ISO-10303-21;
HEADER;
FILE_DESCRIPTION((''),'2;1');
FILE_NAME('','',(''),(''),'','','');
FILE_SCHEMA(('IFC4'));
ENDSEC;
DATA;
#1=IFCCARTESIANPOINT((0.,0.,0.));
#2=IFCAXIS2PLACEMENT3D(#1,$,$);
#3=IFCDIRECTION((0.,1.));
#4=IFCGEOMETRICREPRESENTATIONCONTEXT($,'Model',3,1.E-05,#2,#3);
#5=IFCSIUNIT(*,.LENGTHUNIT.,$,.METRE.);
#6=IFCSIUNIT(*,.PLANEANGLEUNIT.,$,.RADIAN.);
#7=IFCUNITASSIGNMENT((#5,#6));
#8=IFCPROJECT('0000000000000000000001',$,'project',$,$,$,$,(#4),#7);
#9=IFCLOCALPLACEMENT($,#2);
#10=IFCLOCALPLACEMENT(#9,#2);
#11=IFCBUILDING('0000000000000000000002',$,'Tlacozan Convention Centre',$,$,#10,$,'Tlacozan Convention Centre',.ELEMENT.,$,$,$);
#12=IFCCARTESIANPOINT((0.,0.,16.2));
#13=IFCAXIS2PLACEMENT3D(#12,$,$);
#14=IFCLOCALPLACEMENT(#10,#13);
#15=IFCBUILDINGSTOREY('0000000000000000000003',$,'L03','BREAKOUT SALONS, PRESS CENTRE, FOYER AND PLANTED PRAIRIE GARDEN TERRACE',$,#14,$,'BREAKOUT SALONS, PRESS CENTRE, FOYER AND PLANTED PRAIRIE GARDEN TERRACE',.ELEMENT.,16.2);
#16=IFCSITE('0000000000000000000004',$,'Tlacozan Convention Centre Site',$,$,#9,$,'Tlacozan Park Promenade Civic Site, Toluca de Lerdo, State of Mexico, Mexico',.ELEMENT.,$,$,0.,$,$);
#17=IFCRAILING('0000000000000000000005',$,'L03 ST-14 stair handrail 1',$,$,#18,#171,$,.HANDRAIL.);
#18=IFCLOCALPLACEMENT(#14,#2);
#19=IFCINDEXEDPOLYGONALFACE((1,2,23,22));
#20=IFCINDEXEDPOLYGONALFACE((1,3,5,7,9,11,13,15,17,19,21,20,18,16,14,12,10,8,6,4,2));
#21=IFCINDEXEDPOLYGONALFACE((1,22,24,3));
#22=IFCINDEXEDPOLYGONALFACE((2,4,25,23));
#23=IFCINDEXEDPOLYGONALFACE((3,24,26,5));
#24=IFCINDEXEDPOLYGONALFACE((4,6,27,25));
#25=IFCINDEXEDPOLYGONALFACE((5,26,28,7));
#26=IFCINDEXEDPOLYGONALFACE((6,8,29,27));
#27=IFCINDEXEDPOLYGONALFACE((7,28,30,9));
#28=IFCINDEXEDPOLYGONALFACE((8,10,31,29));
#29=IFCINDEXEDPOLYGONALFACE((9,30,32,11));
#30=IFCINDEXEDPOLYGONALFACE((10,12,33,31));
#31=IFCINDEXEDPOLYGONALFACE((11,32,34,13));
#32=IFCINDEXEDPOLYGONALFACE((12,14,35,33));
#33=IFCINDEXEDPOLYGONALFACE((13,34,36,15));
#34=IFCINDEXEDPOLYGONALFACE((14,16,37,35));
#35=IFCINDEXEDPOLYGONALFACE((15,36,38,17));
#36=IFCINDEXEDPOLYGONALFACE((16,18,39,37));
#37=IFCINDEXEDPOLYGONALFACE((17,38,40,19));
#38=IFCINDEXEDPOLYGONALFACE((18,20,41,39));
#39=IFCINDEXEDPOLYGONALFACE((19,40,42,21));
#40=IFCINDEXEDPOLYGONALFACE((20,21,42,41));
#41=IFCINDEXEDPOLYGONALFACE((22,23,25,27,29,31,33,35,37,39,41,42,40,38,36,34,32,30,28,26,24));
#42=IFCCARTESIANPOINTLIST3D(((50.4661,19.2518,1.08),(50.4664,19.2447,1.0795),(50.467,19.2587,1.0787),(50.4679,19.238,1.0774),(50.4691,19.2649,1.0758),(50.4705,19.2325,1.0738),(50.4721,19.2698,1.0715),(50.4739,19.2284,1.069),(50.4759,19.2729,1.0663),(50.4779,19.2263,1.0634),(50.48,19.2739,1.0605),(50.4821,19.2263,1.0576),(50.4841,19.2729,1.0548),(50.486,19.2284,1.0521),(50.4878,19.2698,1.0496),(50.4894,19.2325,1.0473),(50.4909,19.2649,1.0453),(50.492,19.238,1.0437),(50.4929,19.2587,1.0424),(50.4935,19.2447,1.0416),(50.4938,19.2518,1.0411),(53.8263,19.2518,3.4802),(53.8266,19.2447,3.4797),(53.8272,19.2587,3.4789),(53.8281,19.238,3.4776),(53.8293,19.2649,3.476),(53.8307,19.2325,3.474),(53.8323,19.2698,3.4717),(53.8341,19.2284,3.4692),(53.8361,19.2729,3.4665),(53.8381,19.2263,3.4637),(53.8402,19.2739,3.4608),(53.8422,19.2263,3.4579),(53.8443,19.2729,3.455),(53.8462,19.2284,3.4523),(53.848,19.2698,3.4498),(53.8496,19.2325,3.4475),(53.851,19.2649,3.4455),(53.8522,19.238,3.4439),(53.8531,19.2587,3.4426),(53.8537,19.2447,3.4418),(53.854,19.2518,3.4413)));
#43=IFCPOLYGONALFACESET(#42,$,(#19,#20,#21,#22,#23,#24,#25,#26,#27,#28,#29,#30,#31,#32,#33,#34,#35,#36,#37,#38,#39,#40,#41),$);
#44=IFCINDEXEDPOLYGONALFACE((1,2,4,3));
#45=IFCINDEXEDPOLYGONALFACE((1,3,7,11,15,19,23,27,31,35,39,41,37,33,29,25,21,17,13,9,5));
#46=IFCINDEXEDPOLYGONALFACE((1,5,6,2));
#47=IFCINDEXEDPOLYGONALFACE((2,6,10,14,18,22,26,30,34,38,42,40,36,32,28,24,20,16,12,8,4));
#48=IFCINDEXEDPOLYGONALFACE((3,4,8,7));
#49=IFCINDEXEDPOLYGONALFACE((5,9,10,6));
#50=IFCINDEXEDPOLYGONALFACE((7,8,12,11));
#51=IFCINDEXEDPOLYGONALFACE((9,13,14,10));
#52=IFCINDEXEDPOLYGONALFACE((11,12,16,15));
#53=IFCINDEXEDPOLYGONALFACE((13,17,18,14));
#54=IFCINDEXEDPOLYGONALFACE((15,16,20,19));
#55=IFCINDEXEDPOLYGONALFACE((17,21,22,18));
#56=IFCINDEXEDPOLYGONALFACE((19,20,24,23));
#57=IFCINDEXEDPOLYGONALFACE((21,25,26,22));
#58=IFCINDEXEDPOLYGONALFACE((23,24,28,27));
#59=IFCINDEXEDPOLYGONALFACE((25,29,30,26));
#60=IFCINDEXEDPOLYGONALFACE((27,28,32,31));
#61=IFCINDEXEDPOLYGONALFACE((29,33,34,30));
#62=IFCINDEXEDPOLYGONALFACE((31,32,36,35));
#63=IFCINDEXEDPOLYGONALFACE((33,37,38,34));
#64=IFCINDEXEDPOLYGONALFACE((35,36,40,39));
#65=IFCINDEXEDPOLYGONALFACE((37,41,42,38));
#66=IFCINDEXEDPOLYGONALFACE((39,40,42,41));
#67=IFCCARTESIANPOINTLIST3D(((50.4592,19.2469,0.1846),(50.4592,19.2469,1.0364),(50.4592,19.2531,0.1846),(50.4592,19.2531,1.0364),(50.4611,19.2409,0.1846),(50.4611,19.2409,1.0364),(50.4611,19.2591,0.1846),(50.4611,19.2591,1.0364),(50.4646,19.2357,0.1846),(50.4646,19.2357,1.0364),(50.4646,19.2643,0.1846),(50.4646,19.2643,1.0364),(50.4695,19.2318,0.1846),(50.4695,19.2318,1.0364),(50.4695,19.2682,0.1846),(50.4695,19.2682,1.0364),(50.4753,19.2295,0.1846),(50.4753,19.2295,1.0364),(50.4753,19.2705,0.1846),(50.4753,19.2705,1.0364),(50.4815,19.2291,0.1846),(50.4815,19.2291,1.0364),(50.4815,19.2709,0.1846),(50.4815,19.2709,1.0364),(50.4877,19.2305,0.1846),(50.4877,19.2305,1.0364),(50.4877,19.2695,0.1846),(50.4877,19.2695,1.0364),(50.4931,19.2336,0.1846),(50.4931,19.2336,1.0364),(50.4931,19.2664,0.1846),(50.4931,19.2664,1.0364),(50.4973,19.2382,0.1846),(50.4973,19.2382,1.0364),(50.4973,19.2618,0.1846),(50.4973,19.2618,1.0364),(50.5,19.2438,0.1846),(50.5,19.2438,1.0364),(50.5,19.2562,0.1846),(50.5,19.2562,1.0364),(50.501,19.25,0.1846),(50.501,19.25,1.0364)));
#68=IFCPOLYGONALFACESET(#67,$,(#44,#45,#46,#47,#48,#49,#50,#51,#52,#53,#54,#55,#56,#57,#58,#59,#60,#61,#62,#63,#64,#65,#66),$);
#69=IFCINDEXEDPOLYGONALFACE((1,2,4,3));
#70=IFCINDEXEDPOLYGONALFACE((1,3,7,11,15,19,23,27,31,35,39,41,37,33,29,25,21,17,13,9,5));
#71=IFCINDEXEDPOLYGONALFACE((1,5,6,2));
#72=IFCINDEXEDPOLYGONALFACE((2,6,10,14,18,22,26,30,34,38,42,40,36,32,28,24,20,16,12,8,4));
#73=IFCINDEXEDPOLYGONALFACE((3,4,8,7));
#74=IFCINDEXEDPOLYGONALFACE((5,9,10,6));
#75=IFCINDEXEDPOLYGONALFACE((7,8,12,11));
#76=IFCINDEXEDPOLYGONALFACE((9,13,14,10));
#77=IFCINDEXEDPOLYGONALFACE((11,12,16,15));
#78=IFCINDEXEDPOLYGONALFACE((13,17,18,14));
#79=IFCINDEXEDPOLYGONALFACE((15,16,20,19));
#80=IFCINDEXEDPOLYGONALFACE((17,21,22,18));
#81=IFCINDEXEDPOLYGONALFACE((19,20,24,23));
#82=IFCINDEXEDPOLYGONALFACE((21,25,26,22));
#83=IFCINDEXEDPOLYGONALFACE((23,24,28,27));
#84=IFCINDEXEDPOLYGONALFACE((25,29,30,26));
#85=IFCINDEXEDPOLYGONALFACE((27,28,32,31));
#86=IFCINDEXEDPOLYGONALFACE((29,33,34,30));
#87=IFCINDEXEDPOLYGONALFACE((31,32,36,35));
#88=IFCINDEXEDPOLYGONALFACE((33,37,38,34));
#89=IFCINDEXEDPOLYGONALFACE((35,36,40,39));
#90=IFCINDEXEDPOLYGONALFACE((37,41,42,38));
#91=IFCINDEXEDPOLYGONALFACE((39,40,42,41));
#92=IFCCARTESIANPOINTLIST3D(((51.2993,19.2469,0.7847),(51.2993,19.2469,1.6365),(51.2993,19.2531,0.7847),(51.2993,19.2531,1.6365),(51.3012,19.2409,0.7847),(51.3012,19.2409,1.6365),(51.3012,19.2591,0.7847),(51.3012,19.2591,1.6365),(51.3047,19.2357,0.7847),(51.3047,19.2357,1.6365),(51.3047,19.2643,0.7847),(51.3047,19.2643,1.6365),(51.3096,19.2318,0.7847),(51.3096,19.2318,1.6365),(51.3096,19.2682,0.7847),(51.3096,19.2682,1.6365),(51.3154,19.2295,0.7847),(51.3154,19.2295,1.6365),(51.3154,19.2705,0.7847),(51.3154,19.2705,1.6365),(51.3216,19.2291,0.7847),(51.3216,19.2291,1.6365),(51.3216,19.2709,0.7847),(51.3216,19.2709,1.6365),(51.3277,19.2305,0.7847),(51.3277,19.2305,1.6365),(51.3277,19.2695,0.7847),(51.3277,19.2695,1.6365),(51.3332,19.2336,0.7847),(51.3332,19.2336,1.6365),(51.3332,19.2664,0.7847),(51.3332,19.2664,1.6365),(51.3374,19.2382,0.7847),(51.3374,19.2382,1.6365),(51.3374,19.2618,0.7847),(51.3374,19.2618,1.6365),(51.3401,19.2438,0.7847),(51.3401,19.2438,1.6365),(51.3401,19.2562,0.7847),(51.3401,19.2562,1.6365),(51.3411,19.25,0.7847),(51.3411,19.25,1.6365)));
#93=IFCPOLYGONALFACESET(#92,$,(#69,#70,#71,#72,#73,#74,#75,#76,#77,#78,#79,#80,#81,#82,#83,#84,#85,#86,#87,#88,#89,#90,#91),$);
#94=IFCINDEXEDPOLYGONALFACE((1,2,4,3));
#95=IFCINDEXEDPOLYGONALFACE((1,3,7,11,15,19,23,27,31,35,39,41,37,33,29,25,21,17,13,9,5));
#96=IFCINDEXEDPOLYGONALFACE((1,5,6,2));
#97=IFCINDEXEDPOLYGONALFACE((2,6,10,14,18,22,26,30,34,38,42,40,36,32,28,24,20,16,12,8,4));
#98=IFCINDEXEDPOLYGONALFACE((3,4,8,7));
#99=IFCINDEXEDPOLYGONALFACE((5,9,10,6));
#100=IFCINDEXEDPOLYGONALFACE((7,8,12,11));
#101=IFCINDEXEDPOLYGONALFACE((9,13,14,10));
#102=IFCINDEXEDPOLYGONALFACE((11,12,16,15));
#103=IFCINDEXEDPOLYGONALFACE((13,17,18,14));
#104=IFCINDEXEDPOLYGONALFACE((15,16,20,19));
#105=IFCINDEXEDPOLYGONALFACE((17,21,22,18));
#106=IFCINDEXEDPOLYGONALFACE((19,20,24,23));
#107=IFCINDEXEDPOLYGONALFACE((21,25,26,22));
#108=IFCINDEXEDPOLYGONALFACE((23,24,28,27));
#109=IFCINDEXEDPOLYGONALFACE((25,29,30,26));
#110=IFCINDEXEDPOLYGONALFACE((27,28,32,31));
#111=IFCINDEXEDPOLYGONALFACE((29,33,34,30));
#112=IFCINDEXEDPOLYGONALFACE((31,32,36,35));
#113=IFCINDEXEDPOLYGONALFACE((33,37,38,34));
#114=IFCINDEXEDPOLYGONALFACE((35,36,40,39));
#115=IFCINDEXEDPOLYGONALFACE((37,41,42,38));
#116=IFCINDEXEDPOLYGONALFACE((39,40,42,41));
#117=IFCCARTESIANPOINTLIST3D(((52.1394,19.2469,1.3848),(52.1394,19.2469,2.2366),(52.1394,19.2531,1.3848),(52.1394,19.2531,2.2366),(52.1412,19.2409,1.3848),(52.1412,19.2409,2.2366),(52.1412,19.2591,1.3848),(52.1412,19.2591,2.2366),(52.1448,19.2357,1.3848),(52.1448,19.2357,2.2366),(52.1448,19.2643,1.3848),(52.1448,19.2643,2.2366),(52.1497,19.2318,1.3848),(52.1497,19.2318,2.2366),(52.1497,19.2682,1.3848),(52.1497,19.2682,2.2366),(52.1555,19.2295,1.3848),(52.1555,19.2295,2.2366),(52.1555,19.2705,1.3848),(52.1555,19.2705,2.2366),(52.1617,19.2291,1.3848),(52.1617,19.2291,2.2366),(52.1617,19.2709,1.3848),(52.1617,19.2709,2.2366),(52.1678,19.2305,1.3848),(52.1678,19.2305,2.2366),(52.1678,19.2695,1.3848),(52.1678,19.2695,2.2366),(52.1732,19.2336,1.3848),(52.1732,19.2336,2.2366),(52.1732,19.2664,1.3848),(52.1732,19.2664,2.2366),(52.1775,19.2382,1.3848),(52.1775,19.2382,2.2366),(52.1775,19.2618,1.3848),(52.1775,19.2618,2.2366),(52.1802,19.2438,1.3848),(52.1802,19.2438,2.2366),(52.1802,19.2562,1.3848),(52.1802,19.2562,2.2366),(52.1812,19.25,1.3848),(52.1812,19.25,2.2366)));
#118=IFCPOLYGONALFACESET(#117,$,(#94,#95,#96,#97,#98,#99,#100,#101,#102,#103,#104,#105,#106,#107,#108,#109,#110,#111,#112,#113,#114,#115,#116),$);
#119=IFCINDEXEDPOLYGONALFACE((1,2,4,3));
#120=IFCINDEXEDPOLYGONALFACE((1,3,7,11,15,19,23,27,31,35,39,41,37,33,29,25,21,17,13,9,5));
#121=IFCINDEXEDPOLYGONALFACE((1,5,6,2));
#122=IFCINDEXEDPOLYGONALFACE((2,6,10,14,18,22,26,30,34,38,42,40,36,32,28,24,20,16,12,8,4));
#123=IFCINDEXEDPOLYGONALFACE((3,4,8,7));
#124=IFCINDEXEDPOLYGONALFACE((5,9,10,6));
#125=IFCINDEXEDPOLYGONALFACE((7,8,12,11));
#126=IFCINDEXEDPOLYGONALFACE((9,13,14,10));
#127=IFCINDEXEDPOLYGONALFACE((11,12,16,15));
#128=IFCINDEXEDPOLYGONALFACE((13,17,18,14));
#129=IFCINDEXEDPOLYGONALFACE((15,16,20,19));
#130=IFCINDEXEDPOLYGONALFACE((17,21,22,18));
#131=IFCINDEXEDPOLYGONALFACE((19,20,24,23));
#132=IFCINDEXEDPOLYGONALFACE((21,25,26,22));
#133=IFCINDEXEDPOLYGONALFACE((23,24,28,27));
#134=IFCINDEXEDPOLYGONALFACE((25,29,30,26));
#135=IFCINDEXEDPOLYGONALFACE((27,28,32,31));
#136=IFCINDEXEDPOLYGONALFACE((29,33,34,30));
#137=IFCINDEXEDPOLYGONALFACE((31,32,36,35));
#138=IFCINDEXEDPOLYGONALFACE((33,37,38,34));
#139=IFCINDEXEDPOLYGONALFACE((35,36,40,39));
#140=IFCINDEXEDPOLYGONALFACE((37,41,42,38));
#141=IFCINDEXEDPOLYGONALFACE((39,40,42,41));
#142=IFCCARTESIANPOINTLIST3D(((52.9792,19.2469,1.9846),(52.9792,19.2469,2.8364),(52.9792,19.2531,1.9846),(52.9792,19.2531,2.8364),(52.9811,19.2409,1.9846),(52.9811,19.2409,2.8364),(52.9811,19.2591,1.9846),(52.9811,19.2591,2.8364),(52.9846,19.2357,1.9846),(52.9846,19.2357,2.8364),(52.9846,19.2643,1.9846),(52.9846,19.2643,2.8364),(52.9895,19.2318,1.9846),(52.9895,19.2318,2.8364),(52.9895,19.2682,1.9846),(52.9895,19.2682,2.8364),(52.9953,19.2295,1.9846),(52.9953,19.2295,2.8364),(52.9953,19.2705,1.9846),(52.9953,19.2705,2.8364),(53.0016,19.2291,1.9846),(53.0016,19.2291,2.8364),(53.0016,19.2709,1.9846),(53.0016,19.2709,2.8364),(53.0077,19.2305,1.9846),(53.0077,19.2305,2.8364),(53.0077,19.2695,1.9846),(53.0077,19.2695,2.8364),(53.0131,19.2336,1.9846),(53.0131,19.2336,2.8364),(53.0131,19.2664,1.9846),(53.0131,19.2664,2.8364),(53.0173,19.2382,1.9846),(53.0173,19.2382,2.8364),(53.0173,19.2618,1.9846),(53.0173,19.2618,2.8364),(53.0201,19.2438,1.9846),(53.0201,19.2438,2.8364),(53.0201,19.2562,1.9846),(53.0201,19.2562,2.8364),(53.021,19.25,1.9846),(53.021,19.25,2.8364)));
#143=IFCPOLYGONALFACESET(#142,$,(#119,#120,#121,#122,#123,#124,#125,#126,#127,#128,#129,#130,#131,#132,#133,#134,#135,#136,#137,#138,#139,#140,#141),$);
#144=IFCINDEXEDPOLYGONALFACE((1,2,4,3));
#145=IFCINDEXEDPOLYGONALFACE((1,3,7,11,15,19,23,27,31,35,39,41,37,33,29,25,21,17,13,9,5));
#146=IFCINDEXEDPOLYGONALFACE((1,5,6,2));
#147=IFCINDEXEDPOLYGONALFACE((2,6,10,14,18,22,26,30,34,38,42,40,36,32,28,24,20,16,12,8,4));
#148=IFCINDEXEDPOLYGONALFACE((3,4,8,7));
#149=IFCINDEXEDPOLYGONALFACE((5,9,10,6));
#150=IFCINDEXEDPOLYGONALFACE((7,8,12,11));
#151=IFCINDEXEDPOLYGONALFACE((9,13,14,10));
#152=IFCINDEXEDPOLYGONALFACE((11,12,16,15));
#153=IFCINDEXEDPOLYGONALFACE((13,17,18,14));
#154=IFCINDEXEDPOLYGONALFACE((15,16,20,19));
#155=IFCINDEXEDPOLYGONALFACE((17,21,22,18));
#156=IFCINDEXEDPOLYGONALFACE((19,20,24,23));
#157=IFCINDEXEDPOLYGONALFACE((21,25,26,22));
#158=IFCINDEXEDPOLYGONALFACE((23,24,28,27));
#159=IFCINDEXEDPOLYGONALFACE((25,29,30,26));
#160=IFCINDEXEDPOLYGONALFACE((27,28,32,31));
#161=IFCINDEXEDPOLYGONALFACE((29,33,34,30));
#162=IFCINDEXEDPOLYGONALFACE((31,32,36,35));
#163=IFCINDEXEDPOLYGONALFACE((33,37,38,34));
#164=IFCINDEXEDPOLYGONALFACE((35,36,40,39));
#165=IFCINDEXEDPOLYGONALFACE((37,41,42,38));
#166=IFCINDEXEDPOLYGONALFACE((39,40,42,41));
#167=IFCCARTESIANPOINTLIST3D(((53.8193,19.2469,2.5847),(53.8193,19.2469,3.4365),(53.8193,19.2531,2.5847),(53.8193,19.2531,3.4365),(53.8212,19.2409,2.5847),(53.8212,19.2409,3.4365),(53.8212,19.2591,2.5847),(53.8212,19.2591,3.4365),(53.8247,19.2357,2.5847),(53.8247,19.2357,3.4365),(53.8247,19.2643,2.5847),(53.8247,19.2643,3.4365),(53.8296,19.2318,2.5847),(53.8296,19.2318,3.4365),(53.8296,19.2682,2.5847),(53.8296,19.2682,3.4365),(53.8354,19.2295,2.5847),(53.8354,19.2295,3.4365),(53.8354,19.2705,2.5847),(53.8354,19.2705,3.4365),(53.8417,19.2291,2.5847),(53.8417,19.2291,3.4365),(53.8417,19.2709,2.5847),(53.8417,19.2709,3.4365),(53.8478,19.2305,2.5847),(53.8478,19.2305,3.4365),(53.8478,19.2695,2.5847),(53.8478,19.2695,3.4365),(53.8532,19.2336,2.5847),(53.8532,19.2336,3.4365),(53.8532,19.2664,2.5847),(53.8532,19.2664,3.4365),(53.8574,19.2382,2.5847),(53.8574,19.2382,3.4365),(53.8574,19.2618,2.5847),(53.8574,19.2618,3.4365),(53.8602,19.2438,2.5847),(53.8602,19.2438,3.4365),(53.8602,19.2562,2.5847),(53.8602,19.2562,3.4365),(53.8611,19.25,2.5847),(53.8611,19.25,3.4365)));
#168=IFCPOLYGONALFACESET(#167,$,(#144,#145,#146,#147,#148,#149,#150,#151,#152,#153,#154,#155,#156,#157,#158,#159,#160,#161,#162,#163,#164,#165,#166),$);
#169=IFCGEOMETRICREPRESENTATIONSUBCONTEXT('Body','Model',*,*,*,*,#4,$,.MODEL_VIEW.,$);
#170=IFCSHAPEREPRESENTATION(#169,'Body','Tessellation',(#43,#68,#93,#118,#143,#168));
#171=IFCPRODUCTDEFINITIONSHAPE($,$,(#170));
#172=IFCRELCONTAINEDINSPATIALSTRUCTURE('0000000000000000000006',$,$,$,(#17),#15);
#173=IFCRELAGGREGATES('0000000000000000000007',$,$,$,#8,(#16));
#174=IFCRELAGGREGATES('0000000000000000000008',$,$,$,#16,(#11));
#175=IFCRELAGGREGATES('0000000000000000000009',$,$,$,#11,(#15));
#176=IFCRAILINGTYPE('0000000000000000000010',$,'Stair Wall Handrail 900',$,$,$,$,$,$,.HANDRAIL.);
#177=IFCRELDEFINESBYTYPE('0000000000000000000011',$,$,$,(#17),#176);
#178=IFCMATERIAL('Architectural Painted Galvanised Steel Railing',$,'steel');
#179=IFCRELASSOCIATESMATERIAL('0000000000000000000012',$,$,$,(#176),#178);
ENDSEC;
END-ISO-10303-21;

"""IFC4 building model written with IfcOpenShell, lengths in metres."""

from ifc_helpers import new_model, si_unit, direction, frame, origin, origin_2d, place, context, subcontext, project, spatial, circle, extrude, material, type_object, element, save


model = new_model("IFC4")

# Units and contexts
model_context = context("Model", 3, precision=1e-05, world=origin(), true_north=direction((0.0, 1.0)))
body_context = subcontext(model_context, "Body", "Model", "MODEL_VIEW")
ifc_project = project(units=[si_unit("LENGTHUNIT", "METRE"), si_unit("PLANEANGLEUNIT", "RADIAN")], contexts=[model_context])

# Site, building, storey
site_placement = place(None, origin())
site = spatial("IfcSite", under=ifc_project, at=site_placement, Name="Tlacozan Convention Centre Site", LongName="Tlacozan Park Promenade Civic Site, Toluca de Lerdo, State of Mexico, Mexico", CompositionType="ELEMENT", RefElevation=0.0)
building_placement = place(site_placement, origin())
building = spatial("IfcBuilding", under=site, at=building_placement, Name="Tlacozan Convention Centre", LongName="Tlacozan Convention Centre", CompositionType="ELEMENT")
storey_placement = place(building_placement, frame((0.0, 0.0, 16.2)))
storey = spatial("IfcBuildingStorey", under=building, at=storey_placement, Name="L03", Description="BREAKOUT SALONS, PRESS CENTRE, FOYER AND PLANTED PRAIRIE GARDEN TERRACE", LongName="BREAKOUT SALONS, PRESS CENTRE, FOYER AND PLANTED PRAIRIE GARDEN TERRACE", CompositionType="ELEMENT", Elevation=16.2)

# Railing
ifc_material_1 = material(Name="Architectural Painted Galvanised Steel Railing", Category="steel")
railing_type_1 = type_object("IfcRailingType", Name="Stair Wall Handrail 900", PredefinedType="HANDRAIL", material=ifc_material_1)
for number, where, name in (
    (1, (50.48, 19.25, 0.1846), "L03 ST-14 stair handrail 1"),
):
    element("IfcRailing", number, at=place(storey_placement, frame(where)), inside=storey, type_object=railing_type_1, Name=name, PredefinedType="HANDRAIL", context=body_context, shape_type="SweptSolid", body=[
        extrude(circle(Radius=0.0239, at=origin_2d()), frame((0.0, 0.0, 0.876), z_axis=(0.813725, 0.0, 0.581249), x_axis=(0.0, 1.0, 0.0)), (0.0, 0.0, 1.0), 4.1294),
        extrude(circle(Radius=0.021, at=origin_2d()), origin(), (0.0, 0.0, 1.0), 0.8518),
        extrude(circle(Radius=0.021, at=origin_2d()), frame((0.8401, 0.0, 0.6001)), (0.0, 0.0, 1.0), 0.8518),
        extrude(circle(Radius=0.021, at=origin_2d()), frame((1.6802, 0.0, 1.2002)), (0.0, 0.0, 1.0), 0.8518),
        extrude(circle(Radius=0.021, at=origin_2d()), frame((2.52, 0.0, 1.8)), (0.0, 0.0, 1.0), 0.8518),
        extrude(circle(Radius=0.021, at=origin_2d()), frame((3.3601, 0.0, 2.4001)), (0.0, 0.0, 1.0), 0.8518),
    ])

save(model, "model.ifc")
